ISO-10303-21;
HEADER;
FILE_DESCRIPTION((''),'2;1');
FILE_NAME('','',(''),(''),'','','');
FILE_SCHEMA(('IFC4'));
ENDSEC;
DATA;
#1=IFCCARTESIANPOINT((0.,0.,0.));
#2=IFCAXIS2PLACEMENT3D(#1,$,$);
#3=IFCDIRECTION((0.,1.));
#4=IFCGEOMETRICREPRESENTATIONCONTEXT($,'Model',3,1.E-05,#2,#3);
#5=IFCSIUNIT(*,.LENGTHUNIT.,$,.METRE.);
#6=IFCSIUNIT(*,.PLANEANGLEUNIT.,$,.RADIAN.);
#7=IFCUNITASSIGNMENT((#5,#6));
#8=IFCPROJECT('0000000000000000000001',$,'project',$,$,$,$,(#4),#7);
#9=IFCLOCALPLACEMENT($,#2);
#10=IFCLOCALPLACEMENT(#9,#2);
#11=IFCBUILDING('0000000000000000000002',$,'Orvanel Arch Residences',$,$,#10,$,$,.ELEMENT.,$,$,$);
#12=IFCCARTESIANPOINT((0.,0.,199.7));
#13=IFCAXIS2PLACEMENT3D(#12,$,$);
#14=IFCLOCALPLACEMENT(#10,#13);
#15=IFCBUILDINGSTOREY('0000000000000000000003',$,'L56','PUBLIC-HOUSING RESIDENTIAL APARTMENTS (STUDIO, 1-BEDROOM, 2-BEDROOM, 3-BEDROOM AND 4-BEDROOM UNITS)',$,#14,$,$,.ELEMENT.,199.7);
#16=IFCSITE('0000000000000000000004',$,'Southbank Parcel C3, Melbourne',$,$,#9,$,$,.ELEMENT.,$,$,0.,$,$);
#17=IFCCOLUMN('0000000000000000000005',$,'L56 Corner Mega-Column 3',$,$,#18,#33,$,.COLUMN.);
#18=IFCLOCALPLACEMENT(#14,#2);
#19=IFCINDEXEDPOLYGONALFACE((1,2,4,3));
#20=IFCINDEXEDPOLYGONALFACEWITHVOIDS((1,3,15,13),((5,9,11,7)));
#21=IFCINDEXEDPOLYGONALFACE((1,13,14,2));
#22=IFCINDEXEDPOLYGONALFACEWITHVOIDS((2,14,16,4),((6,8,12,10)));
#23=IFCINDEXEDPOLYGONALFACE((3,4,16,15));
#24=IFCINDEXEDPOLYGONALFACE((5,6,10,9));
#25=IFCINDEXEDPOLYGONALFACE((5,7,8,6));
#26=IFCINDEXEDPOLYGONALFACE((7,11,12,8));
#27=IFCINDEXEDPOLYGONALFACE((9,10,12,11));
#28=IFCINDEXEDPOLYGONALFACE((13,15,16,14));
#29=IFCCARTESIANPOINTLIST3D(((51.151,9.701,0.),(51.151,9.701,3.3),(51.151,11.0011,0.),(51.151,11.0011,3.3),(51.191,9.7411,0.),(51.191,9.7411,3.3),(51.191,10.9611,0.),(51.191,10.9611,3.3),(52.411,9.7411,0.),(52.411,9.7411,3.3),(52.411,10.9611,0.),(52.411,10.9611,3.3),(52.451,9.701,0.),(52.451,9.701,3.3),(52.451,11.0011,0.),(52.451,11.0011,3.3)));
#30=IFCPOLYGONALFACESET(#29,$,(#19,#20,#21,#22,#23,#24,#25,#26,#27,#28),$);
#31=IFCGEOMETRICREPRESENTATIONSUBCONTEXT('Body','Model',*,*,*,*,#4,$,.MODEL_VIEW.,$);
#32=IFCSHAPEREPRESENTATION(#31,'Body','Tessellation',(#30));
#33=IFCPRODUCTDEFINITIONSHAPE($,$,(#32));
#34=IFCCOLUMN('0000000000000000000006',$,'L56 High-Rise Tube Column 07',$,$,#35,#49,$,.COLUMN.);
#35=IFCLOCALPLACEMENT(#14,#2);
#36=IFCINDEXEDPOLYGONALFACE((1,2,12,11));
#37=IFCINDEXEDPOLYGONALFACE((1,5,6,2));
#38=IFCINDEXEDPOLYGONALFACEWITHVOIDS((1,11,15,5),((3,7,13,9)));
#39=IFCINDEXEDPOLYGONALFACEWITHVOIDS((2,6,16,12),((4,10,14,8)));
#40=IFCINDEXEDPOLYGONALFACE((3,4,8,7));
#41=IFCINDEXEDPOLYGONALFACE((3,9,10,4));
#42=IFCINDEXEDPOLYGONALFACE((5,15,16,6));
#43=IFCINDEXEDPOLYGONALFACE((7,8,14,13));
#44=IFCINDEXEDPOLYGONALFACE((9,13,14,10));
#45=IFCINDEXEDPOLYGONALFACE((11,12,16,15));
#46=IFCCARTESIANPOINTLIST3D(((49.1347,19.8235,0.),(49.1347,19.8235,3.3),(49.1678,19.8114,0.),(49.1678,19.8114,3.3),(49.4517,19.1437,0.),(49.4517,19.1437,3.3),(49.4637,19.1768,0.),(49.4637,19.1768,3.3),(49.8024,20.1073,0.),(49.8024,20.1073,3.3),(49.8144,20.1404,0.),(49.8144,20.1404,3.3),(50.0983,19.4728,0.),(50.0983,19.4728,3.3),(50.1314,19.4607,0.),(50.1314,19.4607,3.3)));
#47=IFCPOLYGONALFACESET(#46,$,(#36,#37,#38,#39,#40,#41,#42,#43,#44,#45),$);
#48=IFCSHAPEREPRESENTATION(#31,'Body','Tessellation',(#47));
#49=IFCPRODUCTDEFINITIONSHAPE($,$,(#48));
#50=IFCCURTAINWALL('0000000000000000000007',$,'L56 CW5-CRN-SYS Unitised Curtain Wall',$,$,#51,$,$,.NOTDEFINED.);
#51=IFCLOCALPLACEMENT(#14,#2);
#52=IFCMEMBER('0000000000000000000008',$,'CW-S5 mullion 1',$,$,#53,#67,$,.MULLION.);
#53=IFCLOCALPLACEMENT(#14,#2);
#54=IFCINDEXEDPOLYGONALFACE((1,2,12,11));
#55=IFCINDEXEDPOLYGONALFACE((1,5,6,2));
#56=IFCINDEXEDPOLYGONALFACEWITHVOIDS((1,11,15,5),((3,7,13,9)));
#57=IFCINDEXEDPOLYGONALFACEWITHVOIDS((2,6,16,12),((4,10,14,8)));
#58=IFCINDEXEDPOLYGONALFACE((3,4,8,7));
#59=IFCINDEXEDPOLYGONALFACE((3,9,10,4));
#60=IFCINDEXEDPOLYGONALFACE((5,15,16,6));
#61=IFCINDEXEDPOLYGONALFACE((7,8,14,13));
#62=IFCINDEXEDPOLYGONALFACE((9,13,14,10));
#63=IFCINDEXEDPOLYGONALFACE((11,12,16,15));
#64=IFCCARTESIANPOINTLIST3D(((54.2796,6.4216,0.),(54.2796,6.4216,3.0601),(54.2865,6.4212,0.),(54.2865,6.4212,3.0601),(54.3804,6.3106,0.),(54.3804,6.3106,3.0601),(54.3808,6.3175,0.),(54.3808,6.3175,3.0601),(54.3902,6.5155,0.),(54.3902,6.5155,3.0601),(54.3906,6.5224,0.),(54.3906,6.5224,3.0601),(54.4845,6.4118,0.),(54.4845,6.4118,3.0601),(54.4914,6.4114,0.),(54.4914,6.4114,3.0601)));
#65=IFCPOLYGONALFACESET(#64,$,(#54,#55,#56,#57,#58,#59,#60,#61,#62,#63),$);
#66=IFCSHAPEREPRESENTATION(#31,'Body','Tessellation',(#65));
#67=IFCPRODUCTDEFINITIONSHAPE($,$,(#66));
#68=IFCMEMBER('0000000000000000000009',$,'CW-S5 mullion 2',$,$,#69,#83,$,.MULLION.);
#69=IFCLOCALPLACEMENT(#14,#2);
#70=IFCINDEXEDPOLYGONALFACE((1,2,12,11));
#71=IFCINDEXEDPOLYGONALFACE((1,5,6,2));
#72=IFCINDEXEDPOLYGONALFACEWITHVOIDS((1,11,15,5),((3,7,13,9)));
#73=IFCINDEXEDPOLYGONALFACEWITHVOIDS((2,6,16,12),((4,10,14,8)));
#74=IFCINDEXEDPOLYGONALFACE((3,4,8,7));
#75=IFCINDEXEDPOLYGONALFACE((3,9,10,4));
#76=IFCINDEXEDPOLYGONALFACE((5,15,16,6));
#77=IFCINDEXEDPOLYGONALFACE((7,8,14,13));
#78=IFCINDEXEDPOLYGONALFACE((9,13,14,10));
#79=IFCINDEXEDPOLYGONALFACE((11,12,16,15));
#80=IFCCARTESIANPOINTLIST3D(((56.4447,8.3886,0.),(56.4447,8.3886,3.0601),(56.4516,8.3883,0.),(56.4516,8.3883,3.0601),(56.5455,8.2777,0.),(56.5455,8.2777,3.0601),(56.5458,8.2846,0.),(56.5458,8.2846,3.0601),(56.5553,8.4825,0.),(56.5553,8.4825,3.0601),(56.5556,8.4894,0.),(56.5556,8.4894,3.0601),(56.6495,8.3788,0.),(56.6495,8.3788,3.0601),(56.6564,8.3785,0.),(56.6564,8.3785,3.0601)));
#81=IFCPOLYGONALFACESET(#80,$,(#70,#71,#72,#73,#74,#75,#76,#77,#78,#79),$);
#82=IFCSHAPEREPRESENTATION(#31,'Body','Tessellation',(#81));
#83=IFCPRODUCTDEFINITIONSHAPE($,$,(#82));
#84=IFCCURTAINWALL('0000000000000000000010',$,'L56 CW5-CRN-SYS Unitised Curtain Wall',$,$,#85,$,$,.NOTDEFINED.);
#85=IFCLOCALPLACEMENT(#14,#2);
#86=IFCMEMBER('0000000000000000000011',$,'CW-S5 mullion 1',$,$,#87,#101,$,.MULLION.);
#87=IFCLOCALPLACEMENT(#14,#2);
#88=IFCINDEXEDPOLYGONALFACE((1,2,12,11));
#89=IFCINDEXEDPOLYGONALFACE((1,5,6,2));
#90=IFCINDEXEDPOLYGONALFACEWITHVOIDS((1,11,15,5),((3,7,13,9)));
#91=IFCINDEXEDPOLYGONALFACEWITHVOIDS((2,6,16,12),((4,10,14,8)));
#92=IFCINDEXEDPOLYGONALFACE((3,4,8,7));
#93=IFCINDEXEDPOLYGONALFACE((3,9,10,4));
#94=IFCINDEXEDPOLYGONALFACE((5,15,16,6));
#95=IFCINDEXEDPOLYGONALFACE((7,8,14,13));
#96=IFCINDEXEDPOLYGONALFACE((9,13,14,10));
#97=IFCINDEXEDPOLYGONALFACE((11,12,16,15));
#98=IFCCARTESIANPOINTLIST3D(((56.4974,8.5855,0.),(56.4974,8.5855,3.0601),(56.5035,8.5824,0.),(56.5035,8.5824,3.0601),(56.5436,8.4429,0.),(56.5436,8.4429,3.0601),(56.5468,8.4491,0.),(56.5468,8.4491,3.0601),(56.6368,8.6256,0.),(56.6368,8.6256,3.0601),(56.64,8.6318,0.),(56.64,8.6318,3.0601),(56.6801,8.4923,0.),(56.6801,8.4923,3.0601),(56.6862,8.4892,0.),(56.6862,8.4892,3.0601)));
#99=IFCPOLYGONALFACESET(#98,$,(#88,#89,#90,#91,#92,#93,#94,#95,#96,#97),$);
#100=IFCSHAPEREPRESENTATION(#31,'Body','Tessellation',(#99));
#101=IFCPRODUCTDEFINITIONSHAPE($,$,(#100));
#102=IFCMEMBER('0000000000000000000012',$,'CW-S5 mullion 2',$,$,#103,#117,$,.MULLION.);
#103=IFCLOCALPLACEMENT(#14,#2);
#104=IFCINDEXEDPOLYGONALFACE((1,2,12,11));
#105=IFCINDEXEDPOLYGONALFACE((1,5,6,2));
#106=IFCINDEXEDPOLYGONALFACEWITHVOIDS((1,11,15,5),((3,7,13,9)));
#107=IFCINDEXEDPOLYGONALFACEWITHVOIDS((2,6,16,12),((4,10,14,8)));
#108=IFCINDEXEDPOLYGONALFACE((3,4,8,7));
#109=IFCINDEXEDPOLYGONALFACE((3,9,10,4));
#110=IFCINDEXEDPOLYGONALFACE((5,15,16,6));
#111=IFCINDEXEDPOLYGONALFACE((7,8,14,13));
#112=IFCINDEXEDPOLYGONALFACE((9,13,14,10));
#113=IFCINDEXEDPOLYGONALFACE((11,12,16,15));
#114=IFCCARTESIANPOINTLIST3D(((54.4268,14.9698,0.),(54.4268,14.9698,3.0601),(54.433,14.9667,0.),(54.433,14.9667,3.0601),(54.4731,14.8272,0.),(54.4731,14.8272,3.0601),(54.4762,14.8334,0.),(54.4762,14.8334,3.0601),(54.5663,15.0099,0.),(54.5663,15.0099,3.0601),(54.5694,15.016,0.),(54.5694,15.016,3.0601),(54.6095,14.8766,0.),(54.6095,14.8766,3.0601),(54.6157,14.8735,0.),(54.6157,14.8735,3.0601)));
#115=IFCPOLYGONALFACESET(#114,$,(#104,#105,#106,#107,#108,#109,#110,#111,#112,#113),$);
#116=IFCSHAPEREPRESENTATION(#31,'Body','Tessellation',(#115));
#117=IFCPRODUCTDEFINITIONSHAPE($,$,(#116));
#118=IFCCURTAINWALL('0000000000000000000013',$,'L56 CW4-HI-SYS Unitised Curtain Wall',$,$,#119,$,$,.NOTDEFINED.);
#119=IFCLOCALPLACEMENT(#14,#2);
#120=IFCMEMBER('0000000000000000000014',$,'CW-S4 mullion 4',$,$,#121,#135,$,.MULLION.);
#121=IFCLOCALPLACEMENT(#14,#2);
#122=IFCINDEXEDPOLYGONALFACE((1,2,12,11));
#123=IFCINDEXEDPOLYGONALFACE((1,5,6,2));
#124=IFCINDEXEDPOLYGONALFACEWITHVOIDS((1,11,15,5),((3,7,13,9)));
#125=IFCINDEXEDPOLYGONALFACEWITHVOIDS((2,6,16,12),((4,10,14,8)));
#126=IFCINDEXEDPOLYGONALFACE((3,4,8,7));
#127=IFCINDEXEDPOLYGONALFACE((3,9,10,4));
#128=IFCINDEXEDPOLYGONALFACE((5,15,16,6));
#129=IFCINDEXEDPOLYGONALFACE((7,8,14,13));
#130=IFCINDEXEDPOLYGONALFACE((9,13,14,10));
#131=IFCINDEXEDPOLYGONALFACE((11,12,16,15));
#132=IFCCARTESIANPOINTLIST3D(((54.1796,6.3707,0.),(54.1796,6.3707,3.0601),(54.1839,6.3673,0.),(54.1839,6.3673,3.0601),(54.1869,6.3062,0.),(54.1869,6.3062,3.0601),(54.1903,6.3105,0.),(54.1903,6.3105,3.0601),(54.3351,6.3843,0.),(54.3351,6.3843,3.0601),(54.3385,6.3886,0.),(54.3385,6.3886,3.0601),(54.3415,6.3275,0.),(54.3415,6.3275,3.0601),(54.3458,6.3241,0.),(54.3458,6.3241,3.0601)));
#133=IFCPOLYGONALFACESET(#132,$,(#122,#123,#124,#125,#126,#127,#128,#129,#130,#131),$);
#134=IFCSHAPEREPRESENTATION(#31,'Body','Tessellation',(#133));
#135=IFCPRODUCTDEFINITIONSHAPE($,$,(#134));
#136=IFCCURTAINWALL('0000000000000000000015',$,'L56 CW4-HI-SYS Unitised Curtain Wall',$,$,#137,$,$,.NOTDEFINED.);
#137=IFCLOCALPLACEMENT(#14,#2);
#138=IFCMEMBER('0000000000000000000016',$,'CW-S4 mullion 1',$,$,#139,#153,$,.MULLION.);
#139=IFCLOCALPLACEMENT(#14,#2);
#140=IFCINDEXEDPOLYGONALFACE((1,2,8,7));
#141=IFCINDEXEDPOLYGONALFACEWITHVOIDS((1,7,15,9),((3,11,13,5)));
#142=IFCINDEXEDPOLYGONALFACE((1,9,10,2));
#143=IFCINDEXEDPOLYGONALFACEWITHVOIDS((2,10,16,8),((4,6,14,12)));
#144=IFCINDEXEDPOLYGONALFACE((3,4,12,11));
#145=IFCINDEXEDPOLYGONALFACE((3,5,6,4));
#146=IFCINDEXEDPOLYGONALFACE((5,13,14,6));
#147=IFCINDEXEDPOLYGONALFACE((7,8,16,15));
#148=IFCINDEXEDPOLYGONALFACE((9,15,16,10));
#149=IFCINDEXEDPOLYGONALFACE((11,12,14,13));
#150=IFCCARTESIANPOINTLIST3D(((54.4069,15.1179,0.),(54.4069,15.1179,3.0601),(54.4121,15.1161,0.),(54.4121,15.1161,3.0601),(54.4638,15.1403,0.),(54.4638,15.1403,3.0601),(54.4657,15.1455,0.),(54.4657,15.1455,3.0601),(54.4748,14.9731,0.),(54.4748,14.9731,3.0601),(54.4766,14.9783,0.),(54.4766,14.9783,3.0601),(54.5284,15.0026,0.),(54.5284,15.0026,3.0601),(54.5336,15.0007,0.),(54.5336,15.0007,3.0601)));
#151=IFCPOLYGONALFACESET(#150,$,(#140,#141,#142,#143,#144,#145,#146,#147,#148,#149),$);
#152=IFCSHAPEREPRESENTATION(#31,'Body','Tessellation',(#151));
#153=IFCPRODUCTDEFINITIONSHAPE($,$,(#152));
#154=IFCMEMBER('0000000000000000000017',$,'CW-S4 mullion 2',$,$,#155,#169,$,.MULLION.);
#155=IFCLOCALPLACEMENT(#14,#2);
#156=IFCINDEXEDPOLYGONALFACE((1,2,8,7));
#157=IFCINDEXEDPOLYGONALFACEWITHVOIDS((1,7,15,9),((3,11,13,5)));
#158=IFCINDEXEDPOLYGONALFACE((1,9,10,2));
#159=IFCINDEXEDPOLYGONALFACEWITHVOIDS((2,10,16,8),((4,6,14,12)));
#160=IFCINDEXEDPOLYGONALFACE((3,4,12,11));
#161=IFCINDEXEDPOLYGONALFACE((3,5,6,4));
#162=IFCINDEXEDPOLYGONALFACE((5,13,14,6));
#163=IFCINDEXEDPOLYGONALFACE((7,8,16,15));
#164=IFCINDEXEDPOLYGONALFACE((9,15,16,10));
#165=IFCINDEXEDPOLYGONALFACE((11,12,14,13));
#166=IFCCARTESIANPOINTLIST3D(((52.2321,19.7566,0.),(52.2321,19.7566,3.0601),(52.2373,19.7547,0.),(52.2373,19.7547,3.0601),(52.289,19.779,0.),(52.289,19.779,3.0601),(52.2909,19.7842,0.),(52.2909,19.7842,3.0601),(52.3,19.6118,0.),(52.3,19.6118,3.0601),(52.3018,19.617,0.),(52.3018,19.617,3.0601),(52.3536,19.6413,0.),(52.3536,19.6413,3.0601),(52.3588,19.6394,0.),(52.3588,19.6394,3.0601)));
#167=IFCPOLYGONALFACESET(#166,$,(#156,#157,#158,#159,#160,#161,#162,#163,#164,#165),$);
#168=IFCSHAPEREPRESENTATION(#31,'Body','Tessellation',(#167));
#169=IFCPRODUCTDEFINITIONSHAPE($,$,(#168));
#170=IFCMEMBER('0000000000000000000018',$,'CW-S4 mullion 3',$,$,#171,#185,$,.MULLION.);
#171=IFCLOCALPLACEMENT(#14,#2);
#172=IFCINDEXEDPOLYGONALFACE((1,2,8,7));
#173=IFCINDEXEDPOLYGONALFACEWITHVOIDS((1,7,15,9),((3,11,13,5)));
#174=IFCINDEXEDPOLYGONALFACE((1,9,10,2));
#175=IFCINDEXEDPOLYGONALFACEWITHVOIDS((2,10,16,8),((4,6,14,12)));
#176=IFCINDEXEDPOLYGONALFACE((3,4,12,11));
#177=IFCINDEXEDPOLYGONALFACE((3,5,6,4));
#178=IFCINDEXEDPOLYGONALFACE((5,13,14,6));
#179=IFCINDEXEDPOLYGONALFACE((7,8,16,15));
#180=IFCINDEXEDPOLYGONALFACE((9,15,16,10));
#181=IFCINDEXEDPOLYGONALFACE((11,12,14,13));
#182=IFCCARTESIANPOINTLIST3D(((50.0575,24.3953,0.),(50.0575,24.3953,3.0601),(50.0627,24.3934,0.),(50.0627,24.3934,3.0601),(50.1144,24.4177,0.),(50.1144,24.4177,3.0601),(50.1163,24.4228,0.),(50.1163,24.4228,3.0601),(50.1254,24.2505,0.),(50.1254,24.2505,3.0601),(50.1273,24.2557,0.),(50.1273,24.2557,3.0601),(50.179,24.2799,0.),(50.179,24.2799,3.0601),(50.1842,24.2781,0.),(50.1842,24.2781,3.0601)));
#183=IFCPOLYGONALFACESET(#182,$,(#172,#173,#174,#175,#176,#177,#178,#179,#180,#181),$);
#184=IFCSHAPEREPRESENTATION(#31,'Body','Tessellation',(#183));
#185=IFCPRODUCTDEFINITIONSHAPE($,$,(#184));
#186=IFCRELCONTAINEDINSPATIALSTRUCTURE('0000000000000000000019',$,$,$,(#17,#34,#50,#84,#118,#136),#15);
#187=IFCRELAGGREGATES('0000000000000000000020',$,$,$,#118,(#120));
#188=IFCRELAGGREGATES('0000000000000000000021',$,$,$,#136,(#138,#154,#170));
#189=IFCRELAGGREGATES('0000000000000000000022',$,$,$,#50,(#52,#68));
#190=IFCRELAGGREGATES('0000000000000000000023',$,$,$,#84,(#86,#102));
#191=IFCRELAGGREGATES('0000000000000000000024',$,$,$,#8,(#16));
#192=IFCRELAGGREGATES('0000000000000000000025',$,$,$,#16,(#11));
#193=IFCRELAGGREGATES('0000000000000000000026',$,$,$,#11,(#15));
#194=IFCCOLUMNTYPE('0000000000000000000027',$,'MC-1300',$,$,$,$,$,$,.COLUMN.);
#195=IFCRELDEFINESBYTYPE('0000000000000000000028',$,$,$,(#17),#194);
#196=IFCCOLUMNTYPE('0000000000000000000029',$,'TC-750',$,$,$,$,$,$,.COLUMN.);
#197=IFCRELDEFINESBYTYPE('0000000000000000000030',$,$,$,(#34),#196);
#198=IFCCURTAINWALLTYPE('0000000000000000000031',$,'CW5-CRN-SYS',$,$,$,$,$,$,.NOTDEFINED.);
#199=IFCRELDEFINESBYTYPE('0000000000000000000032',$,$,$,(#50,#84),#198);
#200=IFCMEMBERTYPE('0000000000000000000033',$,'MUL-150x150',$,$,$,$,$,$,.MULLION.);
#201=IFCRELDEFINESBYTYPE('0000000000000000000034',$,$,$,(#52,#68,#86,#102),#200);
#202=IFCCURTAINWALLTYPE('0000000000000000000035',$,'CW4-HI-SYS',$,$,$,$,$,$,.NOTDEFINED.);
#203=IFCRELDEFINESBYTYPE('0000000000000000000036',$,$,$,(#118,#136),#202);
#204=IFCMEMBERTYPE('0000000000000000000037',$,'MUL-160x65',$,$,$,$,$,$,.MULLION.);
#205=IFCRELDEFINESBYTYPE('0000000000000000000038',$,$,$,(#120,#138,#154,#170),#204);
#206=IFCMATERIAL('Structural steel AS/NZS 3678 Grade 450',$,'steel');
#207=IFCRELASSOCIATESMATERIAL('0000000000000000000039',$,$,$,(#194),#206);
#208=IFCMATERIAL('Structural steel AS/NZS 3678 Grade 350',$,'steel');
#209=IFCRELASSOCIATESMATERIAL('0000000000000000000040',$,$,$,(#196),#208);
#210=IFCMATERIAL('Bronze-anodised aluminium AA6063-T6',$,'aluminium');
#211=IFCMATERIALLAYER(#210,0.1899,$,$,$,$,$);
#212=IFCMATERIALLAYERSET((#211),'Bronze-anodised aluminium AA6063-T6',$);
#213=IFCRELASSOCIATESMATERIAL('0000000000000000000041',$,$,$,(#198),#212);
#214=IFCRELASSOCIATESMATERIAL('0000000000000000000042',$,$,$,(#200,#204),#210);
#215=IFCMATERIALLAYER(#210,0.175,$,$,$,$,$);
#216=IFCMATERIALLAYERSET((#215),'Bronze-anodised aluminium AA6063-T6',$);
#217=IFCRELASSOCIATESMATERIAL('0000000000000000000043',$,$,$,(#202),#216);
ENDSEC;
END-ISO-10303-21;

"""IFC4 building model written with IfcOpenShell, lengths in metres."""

from ifc_helpers import new_model, si_unit, direction, frame, origin, origin_2d, place, context, subcontext, project, spatial, hollow_rectangle, extrude, material, layer, layer_set, material_profile, profile_set, type_object, element, aggregate, save


model = new_model("IFC4")

# Units and contexts
model_context = context("Model", 3, precision=1e-05, world=origin(), true_north=direction((0.0, 1.0)))
body_context = subcontext(model_context, "Body", "Model", "MODEL_VIEW")
ifc_project = project(units=[si_unit("LENGTHUNIT", "METRE"), si_unit("PLANEANGLEUNIT", "RADIAN")], contexts=[model_context])

# Site, building, storey
site_placement = place(None, origin())
site = spatial("IfcSite", under=ifc_project, at=site_placement, Name="Southbank Parcel C3, Melbourne", CompositionType="ELEMENT", RefElevation=0.0)
building_placement = place(site_placement, origin())
building = spatial("IfcBuilding", under=site, at=building_placement, Name="Orvanel Arch Residences", CompositionType="ELEMENT")
storey_placement = place(building_placement, frame((0.0, 0.0, 199.7)))
storey = spatial("IfcBuildingStorey", under=building, at=storey_placement, Name="L56", Description="PUBLIC-HOUSING RESIDENTIAL APARTMENTS (STUDIO, 1-BEDROOM, 2-BEDROOM, 3-BEDROOM AND 4-BEDROOM UNITS)", CompositionType="ELEMENT", Elevation=199.7)

# Columns
ifc_material_1 = material(Name="Structural steel AS/NZS 3678 Grade 450", Category="steel")
ifc_material_profile_1 = material_profile(ifc_material_1, hollow_rectangle(XDim=1.3, YDim=1.3, WallThickness=0.04, at=origin_2d()), Name="BOX1300x1300x40")
ifc_profile_set_1 = profile_set([ifc_material_profile_1], Name="Structural steel AS/NZS 3678 Grade 450")
column_type_1 = type_object("IfcColumnType", Name="MC-1300", PredefinedType="COLUMN", material=ifc_profile_set_1)
column_1_placement = place(storey_placement, frame((51.801, 10.3511, 0.0), z_axis=(0.0, 0.0, 1.0), x_axis=(1.0, 0.0, 0.0)))
element("IfcColumn", 1, at=column_1_placement, inside=storey, type_object=column_type_1, Name="L56 Corner Mega-Column 3", PredefinedType="COLUMN", context=body_context, shape_type="SweptSolid", body=[
    extrude(hollow_rectangle(XDim=1.3, YDim=1.3, WallThickness=0.04, at=origin_2d()), origin(), (0.0, 0.0, 1.0), 3.3),
])
ifc_material_2 = material(Name="Structural steel AS/NZS 3678 Grade 350", Category="steel")
ifc_material_profile_2 = material_profile(ifc_material_2, hollow_rectangle(XDim=0.75, YDim=0.75, WallThickness=0.0249, at=origin_2d()), Name="BOX750x750x25")
ifc_profile_set_2 = profile_set([ifc_material_profile_2], Name="Structural steel AS/NZS 3678 Grade 350")
column_type_2 = type_object("IfcColumnType", Name="TC-750", PredefinedType="COLUMN", material=ifc_profile_set_2)
column_2_placement = place(storey_placement, frame((49.6331, 19.6421, 0.0), z_axis=(0.0, 0.0, 1.0), x_axis=(-0.422618, 0.906308, 0.0)))
element("IfcColumn", 2, at=column_2_placement, inside=storey, type_object=column_type_2, Name="L56 High-Rise Tube Column 07", PredefinedType="COLUMN", context=body_context, shape_type="SweptSolid", body=[
    extrude(hollow_rectangle(XDim=0.75, YDim=0.75, WallThickness=0.0249, at=origin_2d()), origin(), (0.0, 0.0, 1.0), 3.3),
])

# Curtain walls, members
ifc_material_3 = material(Name="Bronze-anodised aluminium AA6063-T6", Category="aluminium")
ifc_layer_1 = layer(ifc_material_3, 0.1899)
ifc_layer_set_1 = layer_set([ifc_layer_1], Name="Bronze-anodised aluminium AA6063-T6")
curtain_wall_type_1 = type_object("IfcCurtainWallType", Name="CW5-CRN-SYS", PredefinedType="NOTDEFINED", material=ifc_layer_set_1)
curtain_wall_1_placement = place(storey_placement, origin())
curtain_wall_1 = element("IfcCurtainWall", 3, at=curtain_wall_1_placement, inside=storey, type_object=curtain_wall_type_1, Name="L56 CW5-CRN-SYS Unitised Curtain Wall", PredefinedType="NOTDEFINED")
ifc_material_profile_3 = material_profile(ifc_material_3, hollow_rectangle(XDim=0.1499, YDim=0.1499, WallThickness=0.0049, at=origin_2d()), Name="ALU150x150x5")
ifc_profile_set_3 = profile_set([ifc_material_profile_3], Name="Bronze-anodised aluminium AA6063-T6")
member_type_1 = type_object("IfcMemberType", Name="MUL-150x150", PredefinedType="MULLION", material=ifc_profile_set_3)
member_1_placement = place(storey_placement, frame((54.3855, 6.4165, 0.0), z_axis=(0.0, 0.0, 1.0), x_axis=(-0.672479, 0.740117, 0.0)))
member_1 = element("IfcMember", 4, at=member_1_placement, type_object=member_type_1, Name="CW-S5 mullion 1", PredefinedType="MULLION", context=body_context, shape_type="SweptSolid", body=[
    extrude(hollow_rectangle(XDim=0.1499, YDim=0.1499, WallThickness=0.0049, at=origin_2d()), origin(), (0.0, 0.0, 1.0), 3.0601),
])
member_2_placement = place(storey_placement, frame((56.5505, 8.3835, 0.0), z_axis=(0.0, 0.0, 1.0), x_axis=(-0.672479, 0.740117, 0.0)))
member_2 = element("IfcMember", 5, at=member_2_placement, type_object=member_type_1, Name="CW-S5 mullion 2", PredefinedType="MULLION", context=body_context, shape_type="SweptSolid", body=[
    extrude(hollow_rectangle(XDim=0.1499, YDim=0.1499, WallThickness=0.0049, at=origin_2d()), origin(), (0.0, 0.0, 1.0), 3.0601),
])
curtain_wall_2_placement = place(storey_placement, origin())
curtain_wall_2 = element("IfcCurtainWall", 6, at=curtain_wall_2_placement, inside=storey, type_object=curtain_wall_type_1, Name="L56 CW5-CRN-SYS Unitised Curtain Wall", PredefinedType="NOTDEFINED")
member_3_placement = place(storey_placement, frame((56.5918, 8.5374, 0.0), z_axis=(0.0, 0.0, 1.0), x_axis=(-0.951217, -0.308523, 0.0)))
member_3 = element("IfcMember", 7, at=member_3_placement, type_object=member_type_1, Name="CW-S5 mullion 1", PredefinedType="MULLION", context=body_context, shape_type="SweptSolid", body=[
    extrude(hollow_rectangle(XDim=0.1499, YDim=0.1499, WallThickness=0.0049, at=origin_2d()), origin(), (0.0, 0.0, 1.0), 3.0601),
])
member_4_placement = place(storey_placement, frame((54.5212, 14.9216, 0.0), z_axis=(0.0, 0.0, 1.0), x_axis=(-0.951217, -0.308523, 0.0)))
member_4 = element("IfcMember", 8, at=member_4_placement, type_object=member_type_1, Name="CW-S5 mullion 2", PredefinedType="MULLION", context=body_context, shape_type="SweptSolid", body=[
    extrude(hollow_rectangle(XDim=0.1499, YDim=0.1499, WallThickness=0.0049, at=origin_2d()), origin(), (0.0, 0.0, 1.0), 3.0601),
])

# Curtain wall, member
ifc_layer_2 = layer(ifc_material_3, 0.175)
ifc_layer_set_2 = layer_set([ifc_layer_2], Name="Bronze-anodised aluminium AA6063-T6")
curtain_wall_type_2 = type_object("IfcCurtainWallType", Name="CW4-HI-SYS", PredefinedType="NOTDEFINED", material=ifc_layer_set_2)
curtain_wall_3_placement = place(storey_placement, origin())
curtain_wall_3 = element("IfcCurtainWall", 9, at=curtain_wall_3_placement, inside=storey, type_object=curtain_wall_type_2, Name="L56 CW4-HI-SYS Unitised Curtain Wall", PredefinedType="NOTDEFINED")
ifc_material_profile_4 = material_profile(ifc_material_3, hollow_rectangle(XDim=0.0649, YDim=0.1599, WallThickness=0.0039, at=origin_2d()), Name="ALU160x65x4")
ifc_profile_set_4 = profile_set([ifc_material_profile_4], Name="Bronze-anodised aluminium AA6063-T6")
member_type_2 = type_object("IfcMemberType", Name="MUL-160x65", PredefinedType="MULLION", material=ifc_profile_set_4)
member_5_placement = place(storey_placement, frame((54.2627, 6.3474, 0.0), z_axis=(0.0, 0.0, 1.0), x_axis=(-0.111799, 0.993731, 0.0)))
member_5 = element("IfcMember", 10, at=member_5_placement, type_object=member_type_2, Name="CW-S4 mullion 4", PredefinedType="MULLION", context=body_context, shape_type="SweptSolid", body=[
    extrude(hollow_rectangle(XDim=0.0649, YDim=0.1599, WallThickness=0.0039, at=origin_2d()), origin(), (0.0, 0.0, 1.0), 3.0601),
])

# Curtain wall, members
curtain_wall_4_placement = place(storey_placement, origin())
curtain_wall_4 = element("IfcCurtainWall", 11, at=curtain_wall_4_placement, inside=storey, type_object=curtain_wall_type_2, Name="L56 CW4-HI-SYS Unitised Curtain Wall", PredefinedType="NOTDEFINED")
member_6_placement = place(storey_placement, frame((54.4702, 15.0593, 0.0), z_axis=(0.0, 0.0, 1.0), x_axis=(-0.905431, -0.424494, 0.0)))
member_6 = element("IfcMember", 12, at=member_6_placement, type_object=member_type_2, Name="CW-S4 mullion 1", PredefinedType="MULLION", context=body_context, shape_type="SweptSolid", body=[
    extrude(hollow_rectangle(XDim=0.0649, YDim=0.1599, WallThickness=0.0039, at=origin_2d()), origin(), (0.0, 0.0, 1.0), 3.0601),
])
member_7_placement = place(storey_placement, frame((52.2954, 19.698, 0.0), z_axis=(0.0, 0.0, 1.0), x_axis=(-0.905431, -0.424494, 0.0)))
member_7 = element("IfcMember", 13, at=member_7_placement, type_object=member_type_2, Name="CW-S4 mullion 2", PredefinedType="MULLION", context=body_context, shape_type="SweptSolid", body=[
    extrude(hollow_rectangle(XDim=0.0649, YDim=0.1599, WallThickness=0.0039, at=origin_2d()), origin(), (0.0, 0.0, 1.0), 3.0601),
])
member_8_placement = place(storey_placement, frame((50.1208, 24.3367, 0.0), z_axis=(0.0, 0.0, 1.0), x_axis=(-0.905431, -0.424494, 0.0)))
member_8 = element("IfcMember", 14, at=member_8_placement, type_object=member_type_2, Name="CW-S4 mullion 3", PredefinedType="MULLION", context=body_context, shape_type="SweptSolid", body=[
    extrude(hollow_rectangle(XDim=0.0649, YDim=0.1599, WallThickness=0.0039, at=origin_2d()), origin(), (0.0, 0.0, 1.0), 3.0601),
])

aggregate(curtain_wall_3, [member_5])
aggregate(curtain_wall_4, [member_6, member_7, member_8])
aggregate(curtain_wall_1, [member_1, member_2])
aggregate(curtain_wall_2, [member_3, member_4])

save(model, "model.ifc")
